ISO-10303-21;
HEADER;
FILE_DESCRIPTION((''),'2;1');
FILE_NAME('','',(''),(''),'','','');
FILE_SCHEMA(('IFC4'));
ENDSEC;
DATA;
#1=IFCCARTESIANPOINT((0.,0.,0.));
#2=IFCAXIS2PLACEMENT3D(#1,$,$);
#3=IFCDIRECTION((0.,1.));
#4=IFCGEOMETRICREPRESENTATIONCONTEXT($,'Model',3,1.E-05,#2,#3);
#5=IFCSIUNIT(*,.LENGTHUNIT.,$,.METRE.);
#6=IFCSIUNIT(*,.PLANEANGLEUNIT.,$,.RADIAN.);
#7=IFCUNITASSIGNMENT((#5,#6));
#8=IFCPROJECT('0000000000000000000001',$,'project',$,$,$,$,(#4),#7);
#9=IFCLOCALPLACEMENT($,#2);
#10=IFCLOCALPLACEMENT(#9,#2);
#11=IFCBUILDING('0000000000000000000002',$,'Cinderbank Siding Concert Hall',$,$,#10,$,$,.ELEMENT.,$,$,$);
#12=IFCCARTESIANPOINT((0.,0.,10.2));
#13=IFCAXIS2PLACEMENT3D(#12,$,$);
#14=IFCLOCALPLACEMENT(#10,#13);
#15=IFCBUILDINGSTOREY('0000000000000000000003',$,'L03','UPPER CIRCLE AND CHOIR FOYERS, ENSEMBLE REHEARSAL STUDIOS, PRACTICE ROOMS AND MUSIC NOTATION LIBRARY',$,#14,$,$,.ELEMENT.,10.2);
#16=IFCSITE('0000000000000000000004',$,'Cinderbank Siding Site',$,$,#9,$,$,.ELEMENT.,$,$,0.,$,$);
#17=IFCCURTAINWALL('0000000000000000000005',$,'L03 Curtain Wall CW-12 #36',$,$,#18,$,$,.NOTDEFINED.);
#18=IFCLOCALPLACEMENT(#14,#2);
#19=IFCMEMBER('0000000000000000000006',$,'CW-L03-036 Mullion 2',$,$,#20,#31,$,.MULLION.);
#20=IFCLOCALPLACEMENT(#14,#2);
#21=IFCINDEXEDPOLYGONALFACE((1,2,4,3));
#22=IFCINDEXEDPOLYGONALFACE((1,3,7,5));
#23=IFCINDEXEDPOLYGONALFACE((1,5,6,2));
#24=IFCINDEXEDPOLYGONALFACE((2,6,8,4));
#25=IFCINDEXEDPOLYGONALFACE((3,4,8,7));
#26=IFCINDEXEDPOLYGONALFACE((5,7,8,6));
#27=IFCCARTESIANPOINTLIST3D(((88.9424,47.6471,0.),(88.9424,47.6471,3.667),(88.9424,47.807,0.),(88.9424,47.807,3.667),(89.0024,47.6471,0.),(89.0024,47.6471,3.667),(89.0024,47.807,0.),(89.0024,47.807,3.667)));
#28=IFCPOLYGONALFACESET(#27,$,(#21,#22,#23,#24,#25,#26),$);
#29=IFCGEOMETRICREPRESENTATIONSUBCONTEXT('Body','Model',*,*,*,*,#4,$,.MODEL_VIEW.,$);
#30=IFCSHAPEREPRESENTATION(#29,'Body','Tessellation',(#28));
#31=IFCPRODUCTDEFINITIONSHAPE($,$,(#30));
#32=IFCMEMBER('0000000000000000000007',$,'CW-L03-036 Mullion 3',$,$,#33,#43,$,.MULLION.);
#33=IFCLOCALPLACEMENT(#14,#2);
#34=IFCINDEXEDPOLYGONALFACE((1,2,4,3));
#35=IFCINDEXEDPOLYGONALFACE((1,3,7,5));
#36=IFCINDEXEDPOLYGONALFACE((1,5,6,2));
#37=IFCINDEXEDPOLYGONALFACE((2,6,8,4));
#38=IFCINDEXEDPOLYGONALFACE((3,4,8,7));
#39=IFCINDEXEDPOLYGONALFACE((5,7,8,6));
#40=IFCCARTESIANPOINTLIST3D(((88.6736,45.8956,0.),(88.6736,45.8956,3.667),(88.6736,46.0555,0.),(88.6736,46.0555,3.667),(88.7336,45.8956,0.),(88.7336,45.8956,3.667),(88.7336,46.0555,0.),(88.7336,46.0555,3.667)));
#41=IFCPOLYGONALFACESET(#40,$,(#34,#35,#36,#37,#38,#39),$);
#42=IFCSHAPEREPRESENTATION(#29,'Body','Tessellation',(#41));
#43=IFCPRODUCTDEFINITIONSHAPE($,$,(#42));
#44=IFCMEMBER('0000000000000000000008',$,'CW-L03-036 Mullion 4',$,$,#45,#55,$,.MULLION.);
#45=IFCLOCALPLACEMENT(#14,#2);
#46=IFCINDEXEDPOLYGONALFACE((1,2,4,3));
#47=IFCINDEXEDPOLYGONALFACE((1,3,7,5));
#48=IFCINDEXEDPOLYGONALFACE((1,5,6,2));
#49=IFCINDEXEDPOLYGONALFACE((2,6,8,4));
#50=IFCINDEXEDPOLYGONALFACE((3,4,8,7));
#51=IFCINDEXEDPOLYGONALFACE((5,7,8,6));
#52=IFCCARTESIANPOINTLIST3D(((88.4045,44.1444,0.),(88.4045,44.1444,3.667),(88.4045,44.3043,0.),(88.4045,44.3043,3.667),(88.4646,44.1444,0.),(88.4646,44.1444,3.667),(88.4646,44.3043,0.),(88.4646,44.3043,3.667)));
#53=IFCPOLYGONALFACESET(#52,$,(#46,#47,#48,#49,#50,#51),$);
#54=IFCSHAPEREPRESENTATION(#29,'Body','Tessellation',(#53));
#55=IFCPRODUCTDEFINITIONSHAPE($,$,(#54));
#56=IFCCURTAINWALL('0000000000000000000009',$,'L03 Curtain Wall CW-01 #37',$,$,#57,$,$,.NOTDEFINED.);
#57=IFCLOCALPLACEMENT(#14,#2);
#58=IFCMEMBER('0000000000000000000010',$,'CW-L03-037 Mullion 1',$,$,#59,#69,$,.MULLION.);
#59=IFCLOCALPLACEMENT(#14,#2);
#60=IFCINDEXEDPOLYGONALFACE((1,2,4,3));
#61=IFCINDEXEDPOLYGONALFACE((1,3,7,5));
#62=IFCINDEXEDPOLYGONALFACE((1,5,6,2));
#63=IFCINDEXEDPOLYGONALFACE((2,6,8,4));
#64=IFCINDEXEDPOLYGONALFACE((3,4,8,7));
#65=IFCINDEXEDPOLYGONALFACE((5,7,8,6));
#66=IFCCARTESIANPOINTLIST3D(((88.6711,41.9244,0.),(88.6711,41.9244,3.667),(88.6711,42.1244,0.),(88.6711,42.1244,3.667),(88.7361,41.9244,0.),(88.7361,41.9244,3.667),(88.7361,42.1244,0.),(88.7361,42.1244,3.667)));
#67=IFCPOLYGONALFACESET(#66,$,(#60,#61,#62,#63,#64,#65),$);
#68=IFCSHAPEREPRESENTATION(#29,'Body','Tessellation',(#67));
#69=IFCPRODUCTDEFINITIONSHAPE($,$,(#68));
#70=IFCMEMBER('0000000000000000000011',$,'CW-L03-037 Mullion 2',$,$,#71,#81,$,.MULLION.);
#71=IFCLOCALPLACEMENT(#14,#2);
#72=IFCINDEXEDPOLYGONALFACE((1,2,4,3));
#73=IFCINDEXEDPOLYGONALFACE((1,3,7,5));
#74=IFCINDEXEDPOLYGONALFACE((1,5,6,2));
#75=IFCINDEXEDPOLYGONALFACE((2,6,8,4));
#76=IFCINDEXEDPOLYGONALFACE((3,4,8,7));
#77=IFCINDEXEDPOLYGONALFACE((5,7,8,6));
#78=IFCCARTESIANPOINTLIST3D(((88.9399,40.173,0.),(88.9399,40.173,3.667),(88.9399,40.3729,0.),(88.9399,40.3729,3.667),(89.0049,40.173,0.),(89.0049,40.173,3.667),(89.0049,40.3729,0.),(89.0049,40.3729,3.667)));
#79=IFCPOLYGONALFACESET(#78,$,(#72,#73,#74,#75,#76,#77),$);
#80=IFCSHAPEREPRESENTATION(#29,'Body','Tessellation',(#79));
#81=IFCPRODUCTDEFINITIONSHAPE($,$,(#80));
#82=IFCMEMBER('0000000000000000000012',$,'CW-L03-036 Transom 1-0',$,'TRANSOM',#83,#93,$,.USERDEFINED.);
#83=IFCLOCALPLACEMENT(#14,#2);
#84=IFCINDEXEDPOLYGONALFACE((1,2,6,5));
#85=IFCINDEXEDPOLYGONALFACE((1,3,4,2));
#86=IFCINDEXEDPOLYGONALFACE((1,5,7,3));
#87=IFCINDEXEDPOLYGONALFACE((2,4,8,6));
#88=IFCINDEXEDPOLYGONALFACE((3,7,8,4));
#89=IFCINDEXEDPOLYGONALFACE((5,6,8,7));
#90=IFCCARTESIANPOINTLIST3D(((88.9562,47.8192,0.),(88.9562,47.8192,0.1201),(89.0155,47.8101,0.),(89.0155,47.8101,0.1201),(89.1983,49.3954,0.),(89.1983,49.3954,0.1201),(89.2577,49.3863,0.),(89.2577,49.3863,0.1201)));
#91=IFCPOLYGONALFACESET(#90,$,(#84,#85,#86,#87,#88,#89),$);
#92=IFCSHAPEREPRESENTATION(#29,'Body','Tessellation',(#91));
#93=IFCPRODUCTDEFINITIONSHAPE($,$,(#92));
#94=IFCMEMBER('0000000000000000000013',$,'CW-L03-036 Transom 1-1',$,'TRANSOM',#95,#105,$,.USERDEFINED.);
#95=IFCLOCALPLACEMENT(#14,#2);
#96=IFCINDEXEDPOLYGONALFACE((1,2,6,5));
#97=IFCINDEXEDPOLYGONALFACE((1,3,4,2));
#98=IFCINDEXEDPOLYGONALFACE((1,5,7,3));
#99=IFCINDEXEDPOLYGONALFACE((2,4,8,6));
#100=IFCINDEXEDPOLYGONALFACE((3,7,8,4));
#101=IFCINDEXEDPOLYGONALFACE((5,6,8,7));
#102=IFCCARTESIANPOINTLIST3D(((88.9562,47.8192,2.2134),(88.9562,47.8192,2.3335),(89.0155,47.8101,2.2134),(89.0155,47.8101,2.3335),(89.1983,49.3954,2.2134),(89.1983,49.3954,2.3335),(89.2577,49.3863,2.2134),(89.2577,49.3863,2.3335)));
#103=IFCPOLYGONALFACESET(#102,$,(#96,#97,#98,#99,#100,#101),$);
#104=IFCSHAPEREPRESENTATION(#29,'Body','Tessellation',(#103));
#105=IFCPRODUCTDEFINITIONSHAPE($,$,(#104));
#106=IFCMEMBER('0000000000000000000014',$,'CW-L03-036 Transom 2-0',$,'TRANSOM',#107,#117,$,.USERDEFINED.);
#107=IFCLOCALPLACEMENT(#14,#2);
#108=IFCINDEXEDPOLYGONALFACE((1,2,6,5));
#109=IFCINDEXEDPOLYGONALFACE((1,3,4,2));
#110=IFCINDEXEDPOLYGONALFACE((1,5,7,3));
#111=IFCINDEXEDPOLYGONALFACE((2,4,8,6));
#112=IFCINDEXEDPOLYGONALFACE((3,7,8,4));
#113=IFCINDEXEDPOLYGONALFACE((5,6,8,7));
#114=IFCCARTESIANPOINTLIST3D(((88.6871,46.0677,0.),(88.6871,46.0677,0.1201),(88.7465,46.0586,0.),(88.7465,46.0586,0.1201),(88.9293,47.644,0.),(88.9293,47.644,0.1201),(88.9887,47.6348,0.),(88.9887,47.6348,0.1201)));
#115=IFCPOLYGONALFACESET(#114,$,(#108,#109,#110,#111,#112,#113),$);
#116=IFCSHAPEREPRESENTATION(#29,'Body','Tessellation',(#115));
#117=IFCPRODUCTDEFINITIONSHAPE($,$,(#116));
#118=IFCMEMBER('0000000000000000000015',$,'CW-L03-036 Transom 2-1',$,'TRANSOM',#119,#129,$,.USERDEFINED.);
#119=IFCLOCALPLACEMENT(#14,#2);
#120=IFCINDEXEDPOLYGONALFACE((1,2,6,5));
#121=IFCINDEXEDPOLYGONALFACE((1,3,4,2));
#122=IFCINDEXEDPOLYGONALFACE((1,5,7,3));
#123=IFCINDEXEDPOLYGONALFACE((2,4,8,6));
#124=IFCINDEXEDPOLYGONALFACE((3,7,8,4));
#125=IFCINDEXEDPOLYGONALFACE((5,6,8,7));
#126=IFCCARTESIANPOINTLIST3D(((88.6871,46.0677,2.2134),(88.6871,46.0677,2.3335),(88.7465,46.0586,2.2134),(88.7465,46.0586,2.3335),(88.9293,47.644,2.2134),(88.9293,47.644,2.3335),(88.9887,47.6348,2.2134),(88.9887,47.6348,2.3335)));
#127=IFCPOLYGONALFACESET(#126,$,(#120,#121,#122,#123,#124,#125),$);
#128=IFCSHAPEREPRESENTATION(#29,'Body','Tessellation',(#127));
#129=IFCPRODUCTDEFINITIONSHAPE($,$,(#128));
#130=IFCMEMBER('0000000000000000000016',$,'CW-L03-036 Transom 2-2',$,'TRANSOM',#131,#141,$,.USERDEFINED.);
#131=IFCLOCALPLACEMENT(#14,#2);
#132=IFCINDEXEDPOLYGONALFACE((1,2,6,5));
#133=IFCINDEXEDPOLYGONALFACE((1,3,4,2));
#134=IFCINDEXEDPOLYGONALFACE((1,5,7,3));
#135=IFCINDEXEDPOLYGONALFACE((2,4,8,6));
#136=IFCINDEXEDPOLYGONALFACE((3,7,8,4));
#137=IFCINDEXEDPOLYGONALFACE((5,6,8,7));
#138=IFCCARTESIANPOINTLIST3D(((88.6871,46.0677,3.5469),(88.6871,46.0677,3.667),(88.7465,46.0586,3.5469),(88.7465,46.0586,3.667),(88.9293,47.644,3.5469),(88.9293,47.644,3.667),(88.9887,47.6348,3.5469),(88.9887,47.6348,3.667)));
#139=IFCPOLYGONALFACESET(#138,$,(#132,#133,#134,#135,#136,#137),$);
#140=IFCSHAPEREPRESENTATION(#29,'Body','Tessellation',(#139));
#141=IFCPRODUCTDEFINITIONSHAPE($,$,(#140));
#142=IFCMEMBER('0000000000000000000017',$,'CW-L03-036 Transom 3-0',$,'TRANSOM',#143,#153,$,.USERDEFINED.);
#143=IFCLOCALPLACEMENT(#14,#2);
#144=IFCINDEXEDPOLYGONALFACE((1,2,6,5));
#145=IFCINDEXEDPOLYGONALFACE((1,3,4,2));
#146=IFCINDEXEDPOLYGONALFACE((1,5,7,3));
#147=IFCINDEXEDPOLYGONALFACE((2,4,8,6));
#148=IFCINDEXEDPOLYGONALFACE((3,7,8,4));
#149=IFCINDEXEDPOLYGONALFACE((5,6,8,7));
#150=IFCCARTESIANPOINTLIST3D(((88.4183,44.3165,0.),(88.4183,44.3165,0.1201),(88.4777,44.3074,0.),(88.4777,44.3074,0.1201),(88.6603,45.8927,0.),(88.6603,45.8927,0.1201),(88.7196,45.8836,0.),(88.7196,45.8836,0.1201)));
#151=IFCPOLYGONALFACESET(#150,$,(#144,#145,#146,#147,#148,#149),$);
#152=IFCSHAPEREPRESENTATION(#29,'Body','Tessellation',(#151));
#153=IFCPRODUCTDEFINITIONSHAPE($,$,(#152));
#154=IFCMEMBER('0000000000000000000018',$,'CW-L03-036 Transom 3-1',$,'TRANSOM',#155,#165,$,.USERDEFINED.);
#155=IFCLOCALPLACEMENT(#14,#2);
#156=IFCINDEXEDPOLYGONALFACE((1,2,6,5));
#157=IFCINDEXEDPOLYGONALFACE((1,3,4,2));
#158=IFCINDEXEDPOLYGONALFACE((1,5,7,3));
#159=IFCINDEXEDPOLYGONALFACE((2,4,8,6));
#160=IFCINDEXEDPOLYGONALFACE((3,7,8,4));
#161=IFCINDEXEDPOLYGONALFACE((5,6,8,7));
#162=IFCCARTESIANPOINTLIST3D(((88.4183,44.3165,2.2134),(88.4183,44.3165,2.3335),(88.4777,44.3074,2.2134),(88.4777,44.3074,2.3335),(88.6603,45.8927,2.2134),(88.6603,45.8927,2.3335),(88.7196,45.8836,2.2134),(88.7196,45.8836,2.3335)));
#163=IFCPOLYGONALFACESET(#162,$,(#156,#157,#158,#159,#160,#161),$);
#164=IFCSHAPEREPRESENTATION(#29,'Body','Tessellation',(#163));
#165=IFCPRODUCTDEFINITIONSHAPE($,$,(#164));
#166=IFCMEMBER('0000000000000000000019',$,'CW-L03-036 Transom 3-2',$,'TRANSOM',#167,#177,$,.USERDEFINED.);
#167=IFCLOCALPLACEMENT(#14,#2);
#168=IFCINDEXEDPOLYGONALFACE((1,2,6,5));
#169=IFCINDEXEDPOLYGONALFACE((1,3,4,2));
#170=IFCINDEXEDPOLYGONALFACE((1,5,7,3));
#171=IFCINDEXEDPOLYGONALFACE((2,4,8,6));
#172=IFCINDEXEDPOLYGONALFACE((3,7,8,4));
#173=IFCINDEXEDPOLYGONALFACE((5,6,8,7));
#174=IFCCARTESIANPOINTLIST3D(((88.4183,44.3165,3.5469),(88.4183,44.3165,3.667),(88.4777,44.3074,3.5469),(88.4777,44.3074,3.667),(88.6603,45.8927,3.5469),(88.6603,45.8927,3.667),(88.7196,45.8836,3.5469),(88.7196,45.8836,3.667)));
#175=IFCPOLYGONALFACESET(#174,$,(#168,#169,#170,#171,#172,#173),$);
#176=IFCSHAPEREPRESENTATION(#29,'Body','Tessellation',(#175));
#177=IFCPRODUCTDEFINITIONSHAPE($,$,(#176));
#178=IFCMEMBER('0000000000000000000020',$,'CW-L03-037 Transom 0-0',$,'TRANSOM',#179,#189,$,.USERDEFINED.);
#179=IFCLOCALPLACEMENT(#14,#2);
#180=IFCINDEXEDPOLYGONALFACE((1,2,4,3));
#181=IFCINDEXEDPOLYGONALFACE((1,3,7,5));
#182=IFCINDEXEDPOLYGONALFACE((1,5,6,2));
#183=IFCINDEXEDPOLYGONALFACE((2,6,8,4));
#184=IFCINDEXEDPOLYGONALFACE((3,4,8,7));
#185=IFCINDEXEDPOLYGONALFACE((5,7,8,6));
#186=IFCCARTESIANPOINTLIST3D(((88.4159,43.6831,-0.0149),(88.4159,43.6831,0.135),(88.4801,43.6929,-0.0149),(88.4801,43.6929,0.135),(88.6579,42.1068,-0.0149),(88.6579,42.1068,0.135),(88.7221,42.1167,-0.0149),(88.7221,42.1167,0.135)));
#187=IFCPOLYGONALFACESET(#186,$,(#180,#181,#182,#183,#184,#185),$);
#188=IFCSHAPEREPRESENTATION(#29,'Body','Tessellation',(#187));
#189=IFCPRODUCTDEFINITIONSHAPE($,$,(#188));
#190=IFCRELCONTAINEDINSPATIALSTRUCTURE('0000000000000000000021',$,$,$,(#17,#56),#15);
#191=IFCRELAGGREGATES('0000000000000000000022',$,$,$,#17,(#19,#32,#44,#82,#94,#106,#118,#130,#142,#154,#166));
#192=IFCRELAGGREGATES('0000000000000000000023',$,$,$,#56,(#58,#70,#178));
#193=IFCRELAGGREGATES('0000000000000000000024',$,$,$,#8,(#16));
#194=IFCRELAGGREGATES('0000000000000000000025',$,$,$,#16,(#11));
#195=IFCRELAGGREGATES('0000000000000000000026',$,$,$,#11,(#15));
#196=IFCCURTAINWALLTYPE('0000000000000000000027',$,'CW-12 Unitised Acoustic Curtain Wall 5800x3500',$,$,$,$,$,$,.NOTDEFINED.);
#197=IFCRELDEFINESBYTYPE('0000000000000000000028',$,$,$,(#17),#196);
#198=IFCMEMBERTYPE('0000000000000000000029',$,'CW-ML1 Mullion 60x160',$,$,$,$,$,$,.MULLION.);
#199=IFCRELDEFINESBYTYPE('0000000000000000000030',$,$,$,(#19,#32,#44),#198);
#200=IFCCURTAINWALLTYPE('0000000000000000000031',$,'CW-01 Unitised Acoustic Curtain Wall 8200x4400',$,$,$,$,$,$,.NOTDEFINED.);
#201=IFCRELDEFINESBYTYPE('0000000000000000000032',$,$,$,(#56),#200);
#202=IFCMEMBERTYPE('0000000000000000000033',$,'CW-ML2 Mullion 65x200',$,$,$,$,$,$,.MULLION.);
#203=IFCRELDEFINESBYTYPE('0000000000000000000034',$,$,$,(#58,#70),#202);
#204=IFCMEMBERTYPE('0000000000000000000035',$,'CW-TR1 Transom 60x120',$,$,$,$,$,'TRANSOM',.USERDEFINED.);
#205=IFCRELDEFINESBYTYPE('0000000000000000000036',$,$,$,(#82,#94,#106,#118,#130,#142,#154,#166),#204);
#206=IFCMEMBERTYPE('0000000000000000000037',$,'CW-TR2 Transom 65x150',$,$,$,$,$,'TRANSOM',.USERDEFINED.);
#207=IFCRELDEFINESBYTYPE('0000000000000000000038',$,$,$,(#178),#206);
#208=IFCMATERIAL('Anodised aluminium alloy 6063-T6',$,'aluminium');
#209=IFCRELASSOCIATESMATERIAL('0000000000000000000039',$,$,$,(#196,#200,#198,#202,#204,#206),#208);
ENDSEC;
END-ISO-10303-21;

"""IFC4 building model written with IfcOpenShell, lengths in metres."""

from ifc_helpers import new_model, si_unit, direction, frame, origin, origin_2d, place, context, subcontext, project, spatial, rectangle, extrude, material, material_profile, profile_set, type_object, element, aggregate, save


model = new_model("IFC4")

# Units and contexts
model_context = context("Model", 3, precision=1e-05, world=origin(), true_north=direction((0.0, 1.0)))
body_context = subcontext(model_context, "Body", "Model", "MODEL_VIEW")
ifc_project = project(units=[si_unit("LENGTHUNIT", "METRE"), si_unit("PLANEANGLEUNIT", "RADIAN")], contexts=[model_context])

# Site, building, storey
site_placement = place(None, origin())
site = spatial("IfcSite", under=ifc_project, at=site_placement, Name="Cinderbank Siding Site", CompositionType="ELEMENT", RefElevation=0.0)
building_placement = place(site_placement, origin())
building = spatial("IfcBuilding", under=site, at=building_placement, Name="Cinderbank Siding Concert Hall", CompositionType="ELEMENT")
storey_placement = place(building_placement, frame((0.0, 0.0, 10.2)))
storey = spatial("IfcBuildingStorey", under=building, at=storey_placement, Name="L03", Description="UPPER CIRCLE AND CHOIR FOYERS, ENSEMBLE REHEARSAL STUDIOS, PRACTICE ROOMS AND MUSIC NOTATION LIBRARY", CompositionType="ELEMENT", Elevation=10.2)

# Curtain walls, members
ifc_material_1 = material(Name="Anodised aluminium alloy 6063-T6", Category="aluminium")
curtain_wall_type_1 = type_object("IfcCurtainWallType", Name="CW-12 Unitised Acoustic Curtain Wall 5800x3500", PredefinedType="NOTDEFINED", material=ifc_material_1)
curtain_wall_1_placement = place(storey_placement, origin())
curtain_wall_1 = element("IfcCurtainWall", 1, at=curtain_wall_1_placement, inside=storey, type_object=curtain_wall_type_1, Name="L03 Curtain Wall CW-12 #36", PredefinedType="NOTDEFINED")
ifc_material_profile_1 = material_profile(ifc_material_1, rectangle(XDim=0.0601, YDim=0.1599, at=origin_2d()), Name="ALU-MULL-60x160", Category="LoadBearing")
ifc_profile_set_1 = profile_set([ifc_material_profile_1], Name="Anodised aluminium alloy 6063-T6")
member_type_1 = type_object("IfcMemberType", Name="CW-ML1 Mullion 60x160", PredefinedType="MULLION", material=ifc_profile_set_1)
member_1_placement = place(storey_placement, frame((88.9724, 47.7271, 0.0), z_axis=(0.0, 0.0, 1.0), x_axis=(1.0, 0.0, 0.0)))
member_1 = element("IfcMember", 2, at=member_1_placement, type_object=member_type_1, Name="CW-L03-036 Mullion 2", PredefinedType="MULLION", context=body_context, shape_type="SweptSolid", body=[
    extrude(rectangle(XDim=0.0601, YDim=0.1599, at=origin_2d()), origin(), (0.0, 0.0, 1.0), 3.667),
])
member_2_placement = place(storey_placement, frame((88.7036, 45.9756, 0.0), z_axis=(0.0, 0.0, 1.0), x_axis=(1.0, 0.0, 0.0)))
member_2 = element("IfcMember", 3, at=member_2_placement, type_object=member_type_1, Name="CW-L03-036 Mullion 3", PredefinedType="MULLION", context=body_context, shape_type="SweptSolid", body=[
    extrude(rectangle(XDim=0.0601, YDim=0.1599, at=origin_2d()), origin(), (0.0, 0.0, 1.0), 3.667),
])
member_3_placement = place(storey_placement, frame((88.4346, 44.2244, 0.0), z_axis=(0.0, 0.0, 1.0), x_axis=(1.0, 0.0, 0.0)))
member_3 = element("IfcMember", 4, at=member_3_placement, type_object=member_type_1, Name="CW-L03-036 Mullion 4", PredefinedType="MULLION", context=body_context, shape_type="SweptSolid", body=[
    extrude(rectangle(XDim=0.0601, YDim=0.1599, at=origin_2d()), origin(), (0.0, 0.0, 1.0), 3.667),
])
curtain_wall_type_2 = type_object("IfcCurtainWallType", Name="CW-01 Unitised Acoustic Curtain Wall 8200x4400", PredefinedType="NOTDEFINED", material=ifc_material_1)
curtain_wall_2_placement = place(storey_placement, origin())
curtain_wall_2 = element("IfcCurtainWall", 5, at=curtain_wall_2_placement, inside=storey, type_object=curtain_wall_type_2, Name="L03 Curtain Wall CW-01 #37", PredefinedType="NOTDEFINED")
ifc_material_profile_2 = material_profile(ifc_material_1, rectangle(XDim=0.0649, YDim=0.2, at=origin_2d()), Name="ALU-MULL-65x200", Category="LoadBearing")
ifc_profile_set_2 = profile_set([ifc_material_profile_2], Name="Anodised aluminium alloy 6063-T6")
member_type_2 = type_object("IfcMemberType", Name="CW-ML2 Mullion 65x200", PredefinedType="MULLION", material=ifc_profile_set_2)
member_4_placement = place(storey_placement, frame((88.7036, 42.0244, 0.0), z_axis=(0.0, 0.0, 1.0), x_axis=(1.0, 0.0, 0.0)))
member_4 = element("IfcMember", 6, at=member_4_placement, type_object=member_type_2, Name="CW-L03-037 Mullion 1", PredefinedType="MULLION", context=body_context, shape_type="SweptSolid", body=[
    extrude(rectangle(XDim=0.0649, YDim=0.2, at=origin_2d()), origin(), (0.0, 0.0, 1.0), 3.667),
])
member_5_placement = place(storey_placement, frame((88.9724, 40.2729, 0.0), z_axis=(0.0, 0.0, 1.0), x_axis=(1.0, 0.0, 0.0)))
member_5 = element("IfcMember", 7, at=member_5_placement, type_object=member_type_2, Name="CW-L03-037 Mullion 2", PredefinedType="MULLION", context=body_context, shape_type="SweptSolid", body=[
    extrude(rectangle(XDim=0.0649, YDim=0.2, at=origin_2d()), origin(), (0.0, 0.0, 1.0), 3.667),
])

# Members
ifc_material_profile_3 = material_profile(ifc_material_1, rectangle(XDim=0.0601, YDim=0.1201, at=origin_2d()), Name="ALU-TRAN-60x120", Category="LoadBearing")
ifc_profile_set_3 = profile_set([ifc_material_profile_3], Name="Anodised aluminium alloy 6063-T6")
member_type_3 = type_object("IfcMemberType", Name="CW-TR1 Transom 60x120", ElementType="TRANSOM", PredefinedType="USERDEFINED", material=ifc_profile_set_3)
member_6_placement = place(storey_placement, frame((89.228, 49.3909, 0.0601), z_axis=(-0.151873, -0.9884, 0.0), x_axis=(0.9884, -0.151873, 0.0)))
member_6 = element("IfcMember", 8, at=member_6_placement, type_object=member_type_3, Name="CW-L03-036 Transom 1-0", ObjectType="TRANSOM", PredefinedType="USERDEFINED", context=body_context, shape_type="SweptSolid", body=[
    extrude(rectangle(XDim=0.0601, YDim=0.1201, at=origin_2d()), origin(), (0.0, 0.0, 1.0), 1.5947),
])
member_7_placement = place(storey_placement, frame((89.228, 49.3909, 2.2734), z_axis=(-0.151873, -0.9884, 0.0), x_axis=(0.9884, -0.151873, 0.0)))
member_7 = element("IfcMember", 9, at=member_7_placement, type_object=member_type_3, Name="CW-L03-036 Transom 1-1", ObjectType="TRANSOM", PredefinedType="USERDEFINED", context=body_context, shape_type="SweptSolid", body=[
    extrude(rectangle(XDim=0.0601, YDim=0.1201, at=origin_2d()), origin(), (0.0, 0.0, 1.0), 1.5947),
])
member_8_placement = place(storey_placement, frame((88.959, 47.6394, 0.0601), z_axis=(-0.151873, -0.9884, 0.0), x_axis=(0.9884, -0.151873, 0.0)))
member_8 = element("IfcMember", 10, at=member_8_placement, type_object=member_type_3, Name="CW-L03-036 Transom 2-0", ObjectType="TRANSOM", PredefinedType="USERDEFINED", context=body_context, shape_type="SweptSolid", body=[
    extrude(rectangle(XDim=0.0601, YDim=0.1201, at=origin_2d()), origin(), (0.0, 0.0, 1.0), 1.5947),
])
member_9_placement = place(storey_placement, frame((88.959, 47.6394, 2.2734), z_axis=(-0.151873, -0.9884, 0.0), x_axis=(0.9884, -0.151873, 0.0)))
member_9 = element("IfcMember", 11, at=member_9_placement, type_object=member_type_3, Name="CW-L03-036 Transom 2-1", ObjectType="TRANSOM", PredefinedType="USERDEFINED", context=body_context, shape_type="SweptSolid", body=[
    extrude(rectangle(XDim=0.0601, YDim=0.1201, at=origin_2d()), origin(), (0.0, 0.0, 1.0), 1.5947),
])
member_10_placement = place(storey_placement, frame((88.959, 47.6394, 3.6069), z_axis=(-0.151873, -0.9884, 0.0), x_axis=(0.9884, -0.151873, 0.0)))
member_10 = element("IfcMember", 12, at=member_10_placement, type_object=member_type_3, Name="CW-L03-036 Transom 2-2", ObjectType="TRANSOM", PredefinedType="USERDEFINED", context=body_context, shape_type="SweptSolid", body=[
    extrude(rectangle(XDim=0.0601, YDim=0.1201, at=origin_2d()), origin(), (0.0, 0.0, 1.0), 1.5947),
])
member_11_placement = place(storey_placement, frame((88.6899, 45.8882, 0.0601), z_axis=(-0.151724, -0.988423, 0.0), x_axis=(0.988423, -0.151724, 0.0)))
member_11 = element("IfcMember", 13, at=member_11_placement, type_object=member_type_3, Name="CW-L03-036 Transom 3-0", ObjectType="TRANSOM", PredefinedType="USERDEFINED", context=body_context, shape_type="SweptSolid", body=[
    extrude(rectangle(XDim=0.0601, YDim=0.1201, at=origin_2d()), origin(), (0.0, 0.0, 1.0), 1.5947),
])
member_12_placement = place(storey_placement, frame((88.6899, 45.8882, 2.2734), z_axis=(-0.151724, -0.988423, 0.0), x_axis=(0.988423, -0.151724, 0.0)))
member_12 = element("IfcMember", 14, at=member_12_placement, type_object=member_type_3, Name="CW-L03-036 Transom 3-1", ObjectType="TRANSOM", PredefinedType="USERDEFINED", context=body_context, shape_type="SweptSolid", body=[
    extrude(rectangle(XDim=0.0601, YDim=0.1201, at=origin_2d()), origin(), (0.0, 0.0, 1.0), 1.5947),
])
member_13_placement = place(storey_placement, frame((88.6899, 45.8882, 3.6069), z_axis=(-0.151724, -0.988423, 0.0), x_axis=(0.988423, -0.151724, 0.0)))
member_13 = element("IfcMember", 15, at=member_13_placement, type_object=member_type_3, Name="CW-L03-036 Transom 3-2", ObjectType="TRANSOM", PredefinedType="USERDEFINED", context=body_context, shape_type="SweptSolid", body=[
    extrude(rectangle(XDim=0.0601, YDim=0.1201, at=origin_2d()), origin(), (0.0, 0.0, 1.0), 1.5947),
])
ifc_material_profile_4 = material_profile(ifc_material_1, rectangle(XDim=0.0649, YDim=0.1499, at=origin_2d()), Name="ALU-TRAN-65x150", Category="LoadBearing")
ifc_profile_set_4 = profile_set([ifc_material_profile_4], Name="Anodised aluminium alloy 6063-T6")
member_type_4 = type_object("IfcMemberType", Name="CW-TR2 Transom 65x150", ElementType="TRANSOM", PredefinedType="USERDEFINED", material=ifc_profile_set_4)
member_14_placement = place(storey_placement, frame((88.448, 43.688, 0.0601), z_axis=(0.151724, -0.988423, 0.0), x_axis=(0.988423, 0.151724, 0.0)))
member_14 = element("IfcMember", 16, at=member_14_placement, type_object=member_type_4, Name="CW-L03-037 Transom 0-0", ObjectType="TRANSOM", PredefinedType="USERDEFINED", context=body_context, shape_type="SweptSolid", body=[
    extrude(rectangle(XDim=0.0649, YDim=0.1499, at=origin_2d()), origin(), (0.0, 0.0, 1.0), 1.5947),
])

aggregate(curtain_wall_1, [member_1, member_2, member_3, member_6, member_7, member_8, member_9, member_10, member_11, member_12, member_13])
aggregate(curtain_wall_2, [member_4, member_5, member_14])

save(model, "model.ifc")
